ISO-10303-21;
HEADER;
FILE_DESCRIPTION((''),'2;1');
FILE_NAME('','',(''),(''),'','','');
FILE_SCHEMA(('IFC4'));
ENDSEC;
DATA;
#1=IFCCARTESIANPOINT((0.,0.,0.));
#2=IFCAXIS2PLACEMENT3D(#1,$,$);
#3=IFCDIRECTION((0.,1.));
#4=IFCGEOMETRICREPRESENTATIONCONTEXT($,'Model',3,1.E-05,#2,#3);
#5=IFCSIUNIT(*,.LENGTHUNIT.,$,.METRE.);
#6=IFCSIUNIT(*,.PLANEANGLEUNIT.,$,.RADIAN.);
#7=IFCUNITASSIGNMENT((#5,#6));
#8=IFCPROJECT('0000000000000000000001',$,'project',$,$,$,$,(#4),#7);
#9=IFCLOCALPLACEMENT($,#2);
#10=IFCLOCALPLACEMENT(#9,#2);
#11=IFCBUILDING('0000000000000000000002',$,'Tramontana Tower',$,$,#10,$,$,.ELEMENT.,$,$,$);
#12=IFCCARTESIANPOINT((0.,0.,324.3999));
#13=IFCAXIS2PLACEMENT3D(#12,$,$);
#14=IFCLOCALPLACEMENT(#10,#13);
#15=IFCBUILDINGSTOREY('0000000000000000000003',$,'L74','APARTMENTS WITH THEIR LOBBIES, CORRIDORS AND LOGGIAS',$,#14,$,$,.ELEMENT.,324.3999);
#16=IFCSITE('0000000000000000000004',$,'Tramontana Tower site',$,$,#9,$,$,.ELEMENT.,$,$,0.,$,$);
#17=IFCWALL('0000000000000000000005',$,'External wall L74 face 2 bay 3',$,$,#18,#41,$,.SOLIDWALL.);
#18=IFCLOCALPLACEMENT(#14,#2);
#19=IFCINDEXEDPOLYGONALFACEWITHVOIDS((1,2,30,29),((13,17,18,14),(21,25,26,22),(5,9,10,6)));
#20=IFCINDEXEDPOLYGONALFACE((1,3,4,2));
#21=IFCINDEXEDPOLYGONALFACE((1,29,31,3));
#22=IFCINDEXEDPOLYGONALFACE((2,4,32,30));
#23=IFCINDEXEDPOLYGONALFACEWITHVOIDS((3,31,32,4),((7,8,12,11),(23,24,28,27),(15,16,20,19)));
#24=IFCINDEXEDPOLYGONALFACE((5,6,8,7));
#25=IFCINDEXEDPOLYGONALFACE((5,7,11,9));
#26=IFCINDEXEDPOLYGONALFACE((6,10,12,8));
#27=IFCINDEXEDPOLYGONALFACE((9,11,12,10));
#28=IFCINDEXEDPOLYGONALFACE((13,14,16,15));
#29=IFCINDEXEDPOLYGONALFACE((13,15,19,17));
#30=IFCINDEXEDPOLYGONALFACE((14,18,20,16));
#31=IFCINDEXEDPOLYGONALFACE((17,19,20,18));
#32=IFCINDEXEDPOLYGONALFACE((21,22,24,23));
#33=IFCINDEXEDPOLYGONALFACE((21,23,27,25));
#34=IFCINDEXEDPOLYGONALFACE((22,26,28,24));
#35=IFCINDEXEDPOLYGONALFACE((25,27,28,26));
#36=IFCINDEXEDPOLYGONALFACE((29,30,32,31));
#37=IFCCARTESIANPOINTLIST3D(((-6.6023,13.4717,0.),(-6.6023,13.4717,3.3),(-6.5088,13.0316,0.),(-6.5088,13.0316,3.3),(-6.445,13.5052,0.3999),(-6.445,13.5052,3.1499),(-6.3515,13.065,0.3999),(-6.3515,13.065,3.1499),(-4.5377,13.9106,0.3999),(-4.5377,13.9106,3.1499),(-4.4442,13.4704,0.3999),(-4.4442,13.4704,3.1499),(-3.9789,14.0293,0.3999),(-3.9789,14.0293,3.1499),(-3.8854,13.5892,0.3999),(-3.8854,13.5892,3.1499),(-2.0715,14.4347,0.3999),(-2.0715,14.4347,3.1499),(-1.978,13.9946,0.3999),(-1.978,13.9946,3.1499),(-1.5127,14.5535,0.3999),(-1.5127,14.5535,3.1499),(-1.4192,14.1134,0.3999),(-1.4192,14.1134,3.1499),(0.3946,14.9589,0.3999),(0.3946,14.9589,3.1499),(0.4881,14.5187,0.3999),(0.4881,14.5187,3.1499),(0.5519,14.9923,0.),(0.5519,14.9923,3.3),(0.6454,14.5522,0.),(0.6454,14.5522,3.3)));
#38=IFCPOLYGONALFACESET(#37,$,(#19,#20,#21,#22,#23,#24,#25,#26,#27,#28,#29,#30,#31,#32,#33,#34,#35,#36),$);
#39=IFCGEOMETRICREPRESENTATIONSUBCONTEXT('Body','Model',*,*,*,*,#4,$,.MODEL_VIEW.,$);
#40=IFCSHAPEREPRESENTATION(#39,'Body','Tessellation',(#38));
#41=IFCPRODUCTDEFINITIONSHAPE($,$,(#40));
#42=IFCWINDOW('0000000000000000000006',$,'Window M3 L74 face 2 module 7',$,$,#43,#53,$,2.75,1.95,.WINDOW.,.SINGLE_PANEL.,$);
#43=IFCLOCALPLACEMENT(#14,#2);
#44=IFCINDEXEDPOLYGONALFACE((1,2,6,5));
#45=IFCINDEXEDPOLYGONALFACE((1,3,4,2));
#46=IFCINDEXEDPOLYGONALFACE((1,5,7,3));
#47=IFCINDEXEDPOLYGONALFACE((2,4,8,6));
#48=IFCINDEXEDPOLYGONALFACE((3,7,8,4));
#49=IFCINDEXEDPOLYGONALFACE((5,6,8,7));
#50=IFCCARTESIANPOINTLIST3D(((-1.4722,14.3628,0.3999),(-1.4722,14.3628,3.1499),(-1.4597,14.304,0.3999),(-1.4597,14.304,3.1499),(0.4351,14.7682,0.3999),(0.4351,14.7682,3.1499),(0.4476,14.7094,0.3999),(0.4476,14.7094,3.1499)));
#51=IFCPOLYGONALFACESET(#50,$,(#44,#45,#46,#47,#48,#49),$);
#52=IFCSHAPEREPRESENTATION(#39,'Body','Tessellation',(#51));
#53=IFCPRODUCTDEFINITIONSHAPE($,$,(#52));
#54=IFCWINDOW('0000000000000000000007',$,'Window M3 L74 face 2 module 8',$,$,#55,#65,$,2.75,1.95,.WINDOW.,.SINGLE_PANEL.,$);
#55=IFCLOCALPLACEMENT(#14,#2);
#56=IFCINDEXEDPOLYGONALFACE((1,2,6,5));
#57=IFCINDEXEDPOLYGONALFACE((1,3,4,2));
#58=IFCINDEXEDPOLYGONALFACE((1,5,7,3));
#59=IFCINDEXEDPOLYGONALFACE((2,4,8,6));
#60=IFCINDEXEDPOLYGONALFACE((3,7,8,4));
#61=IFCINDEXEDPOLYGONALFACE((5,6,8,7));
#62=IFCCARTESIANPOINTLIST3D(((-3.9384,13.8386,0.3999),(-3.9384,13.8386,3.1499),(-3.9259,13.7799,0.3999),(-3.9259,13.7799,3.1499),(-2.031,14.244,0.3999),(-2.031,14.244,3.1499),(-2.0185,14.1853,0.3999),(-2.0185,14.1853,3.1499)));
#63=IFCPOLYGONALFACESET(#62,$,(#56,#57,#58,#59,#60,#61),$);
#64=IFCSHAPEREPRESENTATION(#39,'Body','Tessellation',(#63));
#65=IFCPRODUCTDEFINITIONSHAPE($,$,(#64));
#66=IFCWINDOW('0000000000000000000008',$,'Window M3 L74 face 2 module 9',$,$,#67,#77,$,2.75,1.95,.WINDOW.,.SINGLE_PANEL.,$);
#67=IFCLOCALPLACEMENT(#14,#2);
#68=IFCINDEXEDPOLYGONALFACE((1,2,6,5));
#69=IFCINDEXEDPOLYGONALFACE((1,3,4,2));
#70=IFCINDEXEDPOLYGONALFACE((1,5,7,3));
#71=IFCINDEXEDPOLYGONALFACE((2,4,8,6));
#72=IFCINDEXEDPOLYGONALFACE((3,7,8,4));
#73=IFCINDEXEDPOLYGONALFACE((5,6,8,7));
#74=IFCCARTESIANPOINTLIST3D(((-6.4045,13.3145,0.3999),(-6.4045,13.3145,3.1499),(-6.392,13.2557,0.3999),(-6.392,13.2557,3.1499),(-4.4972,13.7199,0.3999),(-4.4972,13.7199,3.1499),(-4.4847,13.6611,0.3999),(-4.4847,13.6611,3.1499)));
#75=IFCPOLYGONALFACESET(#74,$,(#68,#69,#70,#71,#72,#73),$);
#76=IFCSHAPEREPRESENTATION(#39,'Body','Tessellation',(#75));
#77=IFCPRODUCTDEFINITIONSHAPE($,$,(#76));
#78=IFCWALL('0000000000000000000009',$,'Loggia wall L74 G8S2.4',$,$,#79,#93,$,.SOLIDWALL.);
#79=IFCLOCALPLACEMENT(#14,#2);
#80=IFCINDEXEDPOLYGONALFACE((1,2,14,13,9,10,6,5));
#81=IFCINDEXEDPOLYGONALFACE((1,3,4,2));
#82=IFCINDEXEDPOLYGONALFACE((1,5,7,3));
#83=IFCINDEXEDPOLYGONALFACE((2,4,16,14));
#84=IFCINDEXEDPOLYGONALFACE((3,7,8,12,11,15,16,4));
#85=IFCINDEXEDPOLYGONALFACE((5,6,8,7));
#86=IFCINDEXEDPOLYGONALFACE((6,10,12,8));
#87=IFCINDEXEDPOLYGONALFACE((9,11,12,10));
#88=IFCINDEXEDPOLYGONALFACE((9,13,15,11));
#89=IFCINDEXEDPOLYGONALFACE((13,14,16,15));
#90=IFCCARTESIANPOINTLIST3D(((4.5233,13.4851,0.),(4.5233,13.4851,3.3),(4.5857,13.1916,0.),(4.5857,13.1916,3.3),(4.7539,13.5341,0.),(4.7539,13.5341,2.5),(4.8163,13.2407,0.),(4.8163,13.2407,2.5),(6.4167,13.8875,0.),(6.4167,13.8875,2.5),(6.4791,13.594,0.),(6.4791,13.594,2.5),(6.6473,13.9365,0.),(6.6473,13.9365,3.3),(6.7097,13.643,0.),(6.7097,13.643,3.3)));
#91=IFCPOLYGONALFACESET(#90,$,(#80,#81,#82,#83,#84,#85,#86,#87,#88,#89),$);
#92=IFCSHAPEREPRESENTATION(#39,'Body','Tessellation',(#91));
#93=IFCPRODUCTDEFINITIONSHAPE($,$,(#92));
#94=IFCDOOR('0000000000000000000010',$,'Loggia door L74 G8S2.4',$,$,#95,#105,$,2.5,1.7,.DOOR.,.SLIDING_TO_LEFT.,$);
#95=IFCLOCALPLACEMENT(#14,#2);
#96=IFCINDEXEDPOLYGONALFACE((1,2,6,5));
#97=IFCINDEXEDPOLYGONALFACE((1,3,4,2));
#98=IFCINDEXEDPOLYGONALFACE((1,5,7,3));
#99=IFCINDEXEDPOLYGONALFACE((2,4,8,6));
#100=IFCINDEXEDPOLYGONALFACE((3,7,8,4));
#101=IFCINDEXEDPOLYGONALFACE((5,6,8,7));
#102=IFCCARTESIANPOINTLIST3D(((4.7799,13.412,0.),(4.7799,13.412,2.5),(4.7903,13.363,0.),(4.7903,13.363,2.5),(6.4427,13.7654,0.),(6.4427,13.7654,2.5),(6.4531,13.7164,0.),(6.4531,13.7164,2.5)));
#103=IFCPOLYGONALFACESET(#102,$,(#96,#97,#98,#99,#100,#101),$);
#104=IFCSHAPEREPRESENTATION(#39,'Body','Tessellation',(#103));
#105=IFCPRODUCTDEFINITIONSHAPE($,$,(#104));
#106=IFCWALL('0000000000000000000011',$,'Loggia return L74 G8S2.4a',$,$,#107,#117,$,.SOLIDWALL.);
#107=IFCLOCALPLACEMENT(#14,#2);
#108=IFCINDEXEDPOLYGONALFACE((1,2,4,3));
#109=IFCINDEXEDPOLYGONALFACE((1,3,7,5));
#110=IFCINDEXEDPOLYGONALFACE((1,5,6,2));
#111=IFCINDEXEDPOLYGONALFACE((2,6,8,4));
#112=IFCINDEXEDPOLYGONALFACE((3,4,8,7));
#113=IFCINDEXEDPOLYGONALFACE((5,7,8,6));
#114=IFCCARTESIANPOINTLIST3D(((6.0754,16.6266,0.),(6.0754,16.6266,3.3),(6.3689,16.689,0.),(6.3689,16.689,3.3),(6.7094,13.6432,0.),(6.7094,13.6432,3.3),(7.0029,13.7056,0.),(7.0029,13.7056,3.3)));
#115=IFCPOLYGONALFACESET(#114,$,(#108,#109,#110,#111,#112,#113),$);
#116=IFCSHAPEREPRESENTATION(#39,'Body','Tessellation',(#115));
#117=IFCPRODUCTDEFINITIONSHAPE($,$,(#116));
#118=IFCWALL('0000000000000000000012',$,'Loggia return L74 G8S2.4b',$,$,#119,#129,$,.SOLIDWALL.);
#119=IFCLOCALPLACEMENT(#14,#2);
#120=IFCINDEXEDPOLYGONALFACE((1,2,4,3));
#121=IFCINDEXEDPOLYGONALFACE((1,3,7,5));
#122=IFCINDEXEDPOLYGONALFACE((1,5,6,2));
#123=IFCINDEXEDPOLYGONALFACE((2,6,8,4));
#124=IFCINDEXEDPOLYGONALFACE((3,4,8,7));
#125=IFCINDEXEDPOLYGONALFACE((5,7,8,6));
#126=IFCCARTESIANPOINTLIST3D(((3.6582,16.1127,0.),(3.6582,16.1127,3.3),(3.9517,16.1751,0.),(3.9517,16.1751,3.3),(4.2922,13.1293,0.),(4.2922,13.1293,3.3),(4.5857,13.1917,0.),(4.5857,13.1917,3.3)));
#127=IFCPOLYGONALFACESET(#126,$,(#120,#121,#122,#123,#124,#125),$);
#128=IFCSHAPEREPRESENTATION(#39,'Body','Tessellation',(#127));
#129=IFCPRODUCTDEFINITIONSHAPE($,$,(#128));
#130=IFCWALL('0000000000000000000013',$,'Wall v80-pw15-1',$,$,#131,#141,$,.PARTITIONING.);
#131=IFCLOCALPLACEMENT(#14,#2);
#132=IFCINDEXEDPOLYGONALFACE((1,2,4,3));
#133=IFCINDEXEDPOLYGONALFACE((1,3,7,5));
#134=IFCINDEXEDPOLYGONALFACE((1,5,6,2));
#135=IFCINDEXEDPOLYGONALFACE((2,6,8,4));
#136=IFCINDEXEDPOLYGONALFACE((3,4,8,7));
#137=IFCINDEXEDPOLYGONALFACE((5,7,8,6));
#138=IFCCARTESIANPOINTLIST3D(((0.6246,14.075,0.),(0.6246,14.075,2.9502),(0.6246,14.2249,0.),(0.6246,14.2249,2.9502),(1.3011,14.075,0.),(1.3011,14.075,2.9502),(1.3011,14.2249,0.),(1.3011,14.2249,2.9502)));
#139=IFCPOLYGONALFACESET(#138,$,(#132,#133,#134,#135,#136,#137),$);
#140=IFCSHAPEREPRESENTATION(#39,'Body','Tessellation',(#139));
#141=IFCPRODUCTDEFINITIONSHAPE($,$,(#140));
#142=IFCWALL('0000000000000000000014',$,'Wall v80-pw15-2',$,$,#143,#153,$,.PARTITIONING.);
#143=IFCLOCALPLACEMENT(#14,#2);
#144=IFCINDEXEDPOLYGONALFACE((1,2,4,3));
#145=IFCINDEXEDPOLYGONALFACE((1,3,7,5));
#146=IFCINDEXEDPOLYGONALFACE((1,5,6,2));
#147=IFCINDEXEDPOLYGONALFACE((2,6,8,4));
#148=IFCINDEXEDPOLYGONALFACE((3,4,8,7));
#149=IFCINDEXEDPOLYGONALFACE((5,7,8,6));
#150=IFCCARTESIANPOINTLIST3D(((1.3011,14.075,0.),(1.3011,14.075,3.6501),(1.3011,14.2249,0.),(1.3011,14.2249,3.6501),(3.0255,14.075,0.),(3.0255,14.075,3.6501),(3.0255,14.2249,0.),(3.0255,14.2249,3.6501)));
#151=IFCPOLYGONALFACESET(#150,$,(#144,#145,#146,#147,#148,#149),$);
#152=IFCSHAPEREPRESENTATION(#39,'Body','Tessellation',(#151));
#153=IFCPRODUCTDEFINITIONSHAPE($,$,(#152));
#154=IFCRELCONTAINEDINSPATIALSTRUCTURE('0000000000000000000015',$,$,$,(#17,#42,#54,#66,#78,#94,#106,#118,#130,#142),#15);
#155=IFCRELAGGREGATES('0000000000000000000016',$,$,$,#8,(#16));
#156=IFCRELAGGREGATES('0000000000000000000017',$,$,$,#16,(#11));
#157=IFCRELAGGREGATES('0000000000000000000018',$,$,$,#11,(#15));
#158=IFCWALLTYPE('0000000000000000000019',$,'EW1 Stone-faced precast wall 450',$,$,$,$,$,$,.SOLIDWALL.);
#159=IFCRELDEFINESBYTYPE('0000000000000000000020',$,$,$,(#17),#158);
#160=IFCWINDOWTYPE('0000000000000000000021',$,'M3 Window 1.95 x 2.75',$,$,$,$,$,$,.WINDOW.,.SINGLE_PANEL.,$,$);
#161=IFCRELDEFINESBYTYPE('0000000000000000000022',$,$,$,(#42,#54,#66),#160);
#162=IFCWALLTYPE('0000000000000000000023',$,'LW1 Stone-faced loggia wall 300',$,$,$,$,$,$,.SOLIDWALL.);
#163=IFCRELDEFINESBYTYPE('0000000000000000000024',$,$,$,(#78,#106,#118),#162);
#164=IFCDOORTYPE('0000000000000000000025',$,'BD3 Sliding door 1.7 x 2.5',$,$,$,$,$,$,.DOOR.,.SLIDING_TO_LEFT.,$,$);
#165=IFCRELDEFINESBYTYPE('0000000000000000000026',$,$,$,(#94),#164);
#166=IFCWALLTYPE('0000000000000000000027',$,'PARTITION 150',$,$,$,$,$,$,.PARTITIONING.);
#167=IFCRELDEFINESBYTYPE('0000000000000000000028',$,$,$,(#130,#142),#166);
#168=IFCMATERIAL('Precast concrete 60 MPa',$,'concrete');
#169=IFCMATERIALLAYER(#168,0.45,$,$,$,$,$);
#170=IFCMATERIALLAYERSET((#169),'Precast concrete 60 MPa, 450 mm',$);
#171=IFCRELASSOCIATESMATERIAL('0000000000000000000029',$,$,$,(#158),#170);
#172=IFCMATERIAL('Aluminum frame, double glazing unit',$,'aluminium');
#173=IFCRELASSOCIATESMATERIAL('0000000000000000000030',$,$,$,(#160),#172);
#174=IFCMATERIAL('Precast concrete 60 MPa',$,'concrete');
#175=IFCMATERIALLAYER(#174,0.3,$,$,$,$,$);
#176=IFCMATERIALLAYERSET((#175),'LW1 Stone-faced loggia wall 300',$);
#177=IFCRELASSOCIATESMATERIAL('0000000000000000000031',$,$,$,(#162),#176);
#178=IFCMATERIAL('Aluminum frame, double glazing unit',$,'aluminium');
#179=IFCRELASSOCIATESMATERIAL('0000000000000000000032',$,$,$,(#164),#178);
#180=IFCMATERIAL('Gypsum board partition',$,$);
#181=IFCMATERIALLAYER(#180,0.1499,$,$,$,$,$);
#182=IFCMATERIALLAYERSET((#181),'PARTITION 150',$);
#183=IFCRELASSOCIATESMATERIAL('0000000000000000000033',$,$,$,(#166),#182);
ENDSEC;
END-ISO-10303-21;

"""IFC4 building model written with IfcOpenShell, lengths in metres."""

from ifc_helpers import new_model, si_unit, direction, frame, frame_2d, origin, place, context, subcontext, project, spatial, rectangle, extrude, material, layer, layer_set, type_object, element, fill, save


model = new_model("IFC4")

# Units and contexts
model_context = context("Model", 3, precision=1e-05, world=origin(), true_north=direction((0.0, 1.0)))
body_context = subcontext(model_context, "Body", "Model", "MODEL_VIEW")
ifc_project = project(units=[si_unit("LENGTHUNIT", "METRE"), si_unit("PLANEANGLEUNIT", "RADIAN")], contexts=[model_context])

# Site, building, storey
site_placement = place(None, origin())
site = spatial("IfcSite", under=ifc_project, at=site_placement, Name="Tramontana Tower site", CompositionType="ELEMENT", RefElevation=0.0)
building_placement = place(site_placement, origin())
building = spatial("IfcBuilding", under=site, at=building_placement, Name="Tramontana Tower", CompositionType="ELEMENT")
storey_placement = place(building_placement, frame((0.0, 0.0, 324.3999)))
storey = spatial("IfcBuildingStorey", under=building, at=storey_placement, Name="L74", Description="APARTMENTS WITH THEIR LOBBIES, CORRIDORS AND LOGGIAS", CompositionType="ELEMENT", Elevation=324.3999)

# Shared definitions
ifc_material_1 = material(Name="Precast concrete 60 MPa", Category="concrete")
ifc_layer_1 = layer(ifc_material_1, 0.45)
ifc_layer_set_1 = layer_set([ifc_layer_1], Name="Precast concrete 60 MPa, 450 mm")
wall_type_1 = type_object("IfcWallType", Name="EW1 Stone-faced precast wall 450", PredefinedType="SOLIDWALL", material=ifc_layer_set_1)
ifc_material_2 = material(Name="Aluminum frame, double glazing unit", Category="aluminium")
window_type_1 = type_object("IfcWindowType", Name="M3 Window 1.95 x 2.75", PartitioningType="SINGLE_PANEL", PredefinedType="WINDOW", material=ifc_material_2)

# Wall, openings, windows
wall_1_placement = place(storey_placement, frame((0.5986, 14.7722, 0.0), z_axis=(0.0, 0.0, 1.0), x_axis=(-0.978151, -0.207894, 0.0)))
wall_1 = element("IfcWall", 1, at=wall_1_placement, inside=storey, type_object=wall_type_1, Name="External wall L74 face 2 bay 3", PredefinedType="SOLIDWALL", context=body_context, shape_type="SweptSolid", body=[
    extrude(rectangle(XDim=7.314, YDim=0.45, at=frame_2d((3.657, 0.0))), origin(), (0.0, 0.0, 1.0), 3.3),
])
opening_1_placement = place(wall_1_placement, frame((0.1606, 0.0, 0.3999)))
opening_1 = element("IfcOpeningElement", 2, at=opening_1_placement, cuts=wall_1, PredefinedType="OPENING", context=body_context, shape_type="SweptSolid", body=[
    extrude(rectangle(XDim=1.95, YDim=2.75, at=frame_2d((0.9751, 1.375))), frame((0.0, 0.2349, 0.0), z_axis=(0.0, -1.0, 0.0), x_axis=(1.0, 0.0, 0.0)), (0.0, 0.0, 1.0), 0.47),
])
opening_2_placement = place(wall_1_placement, frame((2.6819, 0.0, 0.3999)))
opening_2 = element("IfcOpeningElement", 3, at=opening_2_placement, cuts=wall_1, PredefinedType="OPENING", context=body_context, shape_type="SweptSolid", body=[
    extrude(rectangle(XDim=1.95, YDim=2.75, at=frame_2d((0.9751, 1.375))), frame((0.0, 0.2349, 0.0), z_axis=(0.0, -1.0, 0.0), x_axis=(1.0, 0.0, 0.0)), (0.0, 0.0, 1.0), 0.47),
])
opening_3_placement = place(wall_1_placement, frame((5.2031, 0.0, 0.3999)))
opening_3 = element("IfcOpeningElement", 4, at=opening_3_placement, cuts=wall_1, PredefinedType="OPENING", context=body_context, shape_type="SweptSolid", body=[
    extrude(rectangle(XDim=1.95, YDim=2.75, at=frame_2d((0.9751, 1.375))), frame((0.0, 0.2349, 0.0), z_axis=(0.0, -1.0, 0.0), x_axis=(1.0, 0.0, 0.0)), (0.0, 0.0, 1.0), 0.47),
])
window_1_placement = place(opening_1_placement, origin())
window_1 = element("IfcWindow", 5, at=window_1_placement, inside=storey, type_object=window_type_1, Name="Window M3 L74 face 2 module 7", OverallHeight=2.75, OverallWidth=1.95, PartitioningType="SINGLE_PANEL", PredefinedType="WINDOW", context=body_context, shape_type="SweptSolid", body=[
    extrude(rectangle(XDim=1.95, YDim=2.75, at=frame_2d((0.9751, 1.375))), frame((0.0, 0.03, 0.0), z_axis=(0.0, -1.0, 0.0), x_axis=(1.0, 0.0, 0.0)), (0.0, 0.0, 1.0), 0.0601),
])
fill(opening_1, window_1)
window_2_placement = place(opening_2_placement, origin())
window_2 = element("IfcWindow", 6, at=window_2_placement, inside=storey, type_object=window_type_1, Name="Window M3 L74 face 2 module 8", OverallHeight=2.75, OverallWidth=1.95, PartitioningType="SINGLE_PANEL", PredefinedType="WINDOW", context=body_context, shape_type="SweptSolid", body=[
    extrude(rectangle(XDim=1.95, YDim=2.75, at=frame_2d((0.9751, 1.375))), frame((0.0, 0.03, 0.0), z_axis=(0.0, -1.0, 0.0), x_axis=(1.0, 0.0, 0.0)), (0.0, 0.0, 1.0), 0.0601),
])
fill(opening_2, window_2)
window_3_placement = place(opening_3_placement, origin())
window_3 = element("IfcWindow", 7, at=window_3_placement, inside=storey, type_object=window_type_1, Name="Window M3 L74 face 2 module 9", OverallHeight=2.75, OverallWidth=1.95, PartitioningType="SINGLE_PANEL", PredefinedType="WINDOW", context=body_context, shape_type="SweptSolid", body=[
    extrude(rectangle(XDim=1.95, YDim=2.75, at=frame_2d((0.9751, 1.375))), frame((0.0, 0.03, 0.0), z_axis=(0.0, -1.0, 0.0), x_axis=(1.0, 0.0, 0.0)), (0.0, 0.0, 1.0), 0.0601),
])
fill(opening_3, window_3)

# Wall, opening, door
ifc_material_3 = material(Name="Precast concrete 60 MPa", Category="concrete")
ifc_layer_2 = layer(ifc_material_3, 0.3)
ifc_layer_set_2 = layer_set([ifc_layer_2], Name="LW1 Stone-faced loggia wall 300")
wall_type_2 = type_object("IfcWallType", Name="LW1 Stone-faced loggia wall 300", PredefinedType="SOLIDWALL", material=ifc_layer_set_2)
wall_2_placement = place(storey_placement, frame((6.6785, 13.7898, 0.0), z_axis=(0.0, 0.0, 1.0), x_axis=(-0.978153, -0.207886, 0.0)))
wall_2 = element("IfcWall", 8, at=wall_2_placement, inside=storey, type_object=wall_type_2, Name="Loggia wall L74 G8S2.4", PredefinedType="SOLIDWALL", context=body_context, shape_type="SweptSolid", body=[
    extrude(rectangle(XDim=2.1714, YDim=0.3, at=frame_2d((1.0857, 0.0))), origin(), (0.0, 0.0, 1.0), 3.3),
])
opening_4_placement = place(wall_2_placement, frame((0.2356, 0.0, 0.0)))
opening_4 = element("IfcOpeningElement", 9, at=opening_4_placement, cuts=wall_2, PredefinedType="OPENING", context=body_context, shape_type="SweptSolid", body=[
    extrude(rectangle(XDim=1.7, YDim=2.5, at=frame_2d((0.8501, 1.25))), frame((0.0, 0.1599, 0.0), z_axis=(0.0, -1.0, 0.0), x_axis=(1.0, 0.0, 0.0)), (0.0, 0.0, 1.0), 0.3201),
])
ifc_material_4 = material(Name="Aluminum frame, double glazing unit", Category="aluminium")
door_type_1 = type_object("IfcDoorType", Name="BD3 Sliding door 1.7 x 2.5", OperationType="SLIDING_TO_LEFT", PredefinedType="DOOR", material=ifc_material_4)
door_1_placement = place(opening_4_placement, origin())
door_1 = element("IfcDoor", 10, at=door_1_placement, inside=storey, type_object=door_type_1, Name="Loggia door L74 G8S2.4", OperationType="SLIDING_TO_LEFT", OverallHeight=2.5, OverallWidth=1.7, PredefinedType="DOOR", context=body_context, shape_type="SweptSolid", body=[
    extrude(rectangle(XDim=1.7, YDim=2.5, at=frame_2d((0.8501, 1.25))), frame((0.0, 0.0249, 0.0), z_axis=(0.0, -1.0, 0.0), x_axis=(1.0, 0.0, 0.0)), (0.0, 0.0, 1.0), 0.05),
])
fill(opening_4, door_1)

# Walls
for number, where, z_axis, x_axis, name in (
    (11, (6.2222, 16.6577, 0.0), (0.0, 0.0, 1.0), (0.207878, -0.978155, 0.0), "Loggia return L74 G8S2.4a"),
    (12, (3.8049, 16.1438, 0.0), (0.0, 0.0, 1.0), (0.207878, -0.978155, 0.0), "Loggia return L74 G8S2.4b"),
):
    element("IfcWall", number, at=place(storey_placement, frame(where, z_axis=z_axis, x_axis=x_axis)), inside=storey, type_object=wall_type_2, Name=name, PredefinedType="SOLIDWALL", context=body_context, shape_type="SweptSolid", body=[
        extrude(rectangle(XDim=3.05, YDim=0.3, at=frame_2d((1.5249, 0.0))), origin(), (0.0, 0.0, 1.0), 3.3),
    ])
ifc_material_5 = material(Name="Gypsum board partition")
ifc_layer_3 = layer(ifc_material_5, 0.1499)
ifc_layer_set_3 = layer_set([ifc_layer_3], Name="PARTITION 150")
wall_type_3 = type_object("IfcWallType", Name="PARTITION 150", PredefinedType="PARTITIONING", material=ifc_layer_set_3)
wall_3_placement = place(storey_placement, frame((0.6245, 14.1499, 0.0), z_axis=(0.0, 0.0, 1.0), x_axis=(1.0, 0.0, 0.0)))
element("IfcWall", 13, at=wall_3_placement, inside=storey, type_object=wall_type_3, Name="Wall v80-pw15-1", PredefinedType="PARTITIONING", context=body_context, shape_type="SweptSolid", body=[
    extrude(rectangle(XDim=0.6765, YDim=0.1499, at=frame_2d((0.3384, 0.0))), origin(), (0.0, 0.0, 1.0), 2.9502),
])
wall_4_placement = place(storey_placement, frame((1.301, 14.1499, 0.0), z_axis=(0.0, 0.0, 1.0), x_axis=(1.0, 0.0, 0.0)))
element("IfcWall", 14, at=wall_4_placement, inside=storey, type_object=wall_type_3, Name="Wall v80-pw15-2", PredefinedType="PARTITIONING", context=body_context, shape_type="SweptSolid", body=[
    extrude(rectangle(XDim=1.7244, YDim=0.1499, at=frame_2d((0.8623, 0.0))), origin(), (0.0, 0.0, 1.0), 3.6501),
])

save(model, "model.ifc")
